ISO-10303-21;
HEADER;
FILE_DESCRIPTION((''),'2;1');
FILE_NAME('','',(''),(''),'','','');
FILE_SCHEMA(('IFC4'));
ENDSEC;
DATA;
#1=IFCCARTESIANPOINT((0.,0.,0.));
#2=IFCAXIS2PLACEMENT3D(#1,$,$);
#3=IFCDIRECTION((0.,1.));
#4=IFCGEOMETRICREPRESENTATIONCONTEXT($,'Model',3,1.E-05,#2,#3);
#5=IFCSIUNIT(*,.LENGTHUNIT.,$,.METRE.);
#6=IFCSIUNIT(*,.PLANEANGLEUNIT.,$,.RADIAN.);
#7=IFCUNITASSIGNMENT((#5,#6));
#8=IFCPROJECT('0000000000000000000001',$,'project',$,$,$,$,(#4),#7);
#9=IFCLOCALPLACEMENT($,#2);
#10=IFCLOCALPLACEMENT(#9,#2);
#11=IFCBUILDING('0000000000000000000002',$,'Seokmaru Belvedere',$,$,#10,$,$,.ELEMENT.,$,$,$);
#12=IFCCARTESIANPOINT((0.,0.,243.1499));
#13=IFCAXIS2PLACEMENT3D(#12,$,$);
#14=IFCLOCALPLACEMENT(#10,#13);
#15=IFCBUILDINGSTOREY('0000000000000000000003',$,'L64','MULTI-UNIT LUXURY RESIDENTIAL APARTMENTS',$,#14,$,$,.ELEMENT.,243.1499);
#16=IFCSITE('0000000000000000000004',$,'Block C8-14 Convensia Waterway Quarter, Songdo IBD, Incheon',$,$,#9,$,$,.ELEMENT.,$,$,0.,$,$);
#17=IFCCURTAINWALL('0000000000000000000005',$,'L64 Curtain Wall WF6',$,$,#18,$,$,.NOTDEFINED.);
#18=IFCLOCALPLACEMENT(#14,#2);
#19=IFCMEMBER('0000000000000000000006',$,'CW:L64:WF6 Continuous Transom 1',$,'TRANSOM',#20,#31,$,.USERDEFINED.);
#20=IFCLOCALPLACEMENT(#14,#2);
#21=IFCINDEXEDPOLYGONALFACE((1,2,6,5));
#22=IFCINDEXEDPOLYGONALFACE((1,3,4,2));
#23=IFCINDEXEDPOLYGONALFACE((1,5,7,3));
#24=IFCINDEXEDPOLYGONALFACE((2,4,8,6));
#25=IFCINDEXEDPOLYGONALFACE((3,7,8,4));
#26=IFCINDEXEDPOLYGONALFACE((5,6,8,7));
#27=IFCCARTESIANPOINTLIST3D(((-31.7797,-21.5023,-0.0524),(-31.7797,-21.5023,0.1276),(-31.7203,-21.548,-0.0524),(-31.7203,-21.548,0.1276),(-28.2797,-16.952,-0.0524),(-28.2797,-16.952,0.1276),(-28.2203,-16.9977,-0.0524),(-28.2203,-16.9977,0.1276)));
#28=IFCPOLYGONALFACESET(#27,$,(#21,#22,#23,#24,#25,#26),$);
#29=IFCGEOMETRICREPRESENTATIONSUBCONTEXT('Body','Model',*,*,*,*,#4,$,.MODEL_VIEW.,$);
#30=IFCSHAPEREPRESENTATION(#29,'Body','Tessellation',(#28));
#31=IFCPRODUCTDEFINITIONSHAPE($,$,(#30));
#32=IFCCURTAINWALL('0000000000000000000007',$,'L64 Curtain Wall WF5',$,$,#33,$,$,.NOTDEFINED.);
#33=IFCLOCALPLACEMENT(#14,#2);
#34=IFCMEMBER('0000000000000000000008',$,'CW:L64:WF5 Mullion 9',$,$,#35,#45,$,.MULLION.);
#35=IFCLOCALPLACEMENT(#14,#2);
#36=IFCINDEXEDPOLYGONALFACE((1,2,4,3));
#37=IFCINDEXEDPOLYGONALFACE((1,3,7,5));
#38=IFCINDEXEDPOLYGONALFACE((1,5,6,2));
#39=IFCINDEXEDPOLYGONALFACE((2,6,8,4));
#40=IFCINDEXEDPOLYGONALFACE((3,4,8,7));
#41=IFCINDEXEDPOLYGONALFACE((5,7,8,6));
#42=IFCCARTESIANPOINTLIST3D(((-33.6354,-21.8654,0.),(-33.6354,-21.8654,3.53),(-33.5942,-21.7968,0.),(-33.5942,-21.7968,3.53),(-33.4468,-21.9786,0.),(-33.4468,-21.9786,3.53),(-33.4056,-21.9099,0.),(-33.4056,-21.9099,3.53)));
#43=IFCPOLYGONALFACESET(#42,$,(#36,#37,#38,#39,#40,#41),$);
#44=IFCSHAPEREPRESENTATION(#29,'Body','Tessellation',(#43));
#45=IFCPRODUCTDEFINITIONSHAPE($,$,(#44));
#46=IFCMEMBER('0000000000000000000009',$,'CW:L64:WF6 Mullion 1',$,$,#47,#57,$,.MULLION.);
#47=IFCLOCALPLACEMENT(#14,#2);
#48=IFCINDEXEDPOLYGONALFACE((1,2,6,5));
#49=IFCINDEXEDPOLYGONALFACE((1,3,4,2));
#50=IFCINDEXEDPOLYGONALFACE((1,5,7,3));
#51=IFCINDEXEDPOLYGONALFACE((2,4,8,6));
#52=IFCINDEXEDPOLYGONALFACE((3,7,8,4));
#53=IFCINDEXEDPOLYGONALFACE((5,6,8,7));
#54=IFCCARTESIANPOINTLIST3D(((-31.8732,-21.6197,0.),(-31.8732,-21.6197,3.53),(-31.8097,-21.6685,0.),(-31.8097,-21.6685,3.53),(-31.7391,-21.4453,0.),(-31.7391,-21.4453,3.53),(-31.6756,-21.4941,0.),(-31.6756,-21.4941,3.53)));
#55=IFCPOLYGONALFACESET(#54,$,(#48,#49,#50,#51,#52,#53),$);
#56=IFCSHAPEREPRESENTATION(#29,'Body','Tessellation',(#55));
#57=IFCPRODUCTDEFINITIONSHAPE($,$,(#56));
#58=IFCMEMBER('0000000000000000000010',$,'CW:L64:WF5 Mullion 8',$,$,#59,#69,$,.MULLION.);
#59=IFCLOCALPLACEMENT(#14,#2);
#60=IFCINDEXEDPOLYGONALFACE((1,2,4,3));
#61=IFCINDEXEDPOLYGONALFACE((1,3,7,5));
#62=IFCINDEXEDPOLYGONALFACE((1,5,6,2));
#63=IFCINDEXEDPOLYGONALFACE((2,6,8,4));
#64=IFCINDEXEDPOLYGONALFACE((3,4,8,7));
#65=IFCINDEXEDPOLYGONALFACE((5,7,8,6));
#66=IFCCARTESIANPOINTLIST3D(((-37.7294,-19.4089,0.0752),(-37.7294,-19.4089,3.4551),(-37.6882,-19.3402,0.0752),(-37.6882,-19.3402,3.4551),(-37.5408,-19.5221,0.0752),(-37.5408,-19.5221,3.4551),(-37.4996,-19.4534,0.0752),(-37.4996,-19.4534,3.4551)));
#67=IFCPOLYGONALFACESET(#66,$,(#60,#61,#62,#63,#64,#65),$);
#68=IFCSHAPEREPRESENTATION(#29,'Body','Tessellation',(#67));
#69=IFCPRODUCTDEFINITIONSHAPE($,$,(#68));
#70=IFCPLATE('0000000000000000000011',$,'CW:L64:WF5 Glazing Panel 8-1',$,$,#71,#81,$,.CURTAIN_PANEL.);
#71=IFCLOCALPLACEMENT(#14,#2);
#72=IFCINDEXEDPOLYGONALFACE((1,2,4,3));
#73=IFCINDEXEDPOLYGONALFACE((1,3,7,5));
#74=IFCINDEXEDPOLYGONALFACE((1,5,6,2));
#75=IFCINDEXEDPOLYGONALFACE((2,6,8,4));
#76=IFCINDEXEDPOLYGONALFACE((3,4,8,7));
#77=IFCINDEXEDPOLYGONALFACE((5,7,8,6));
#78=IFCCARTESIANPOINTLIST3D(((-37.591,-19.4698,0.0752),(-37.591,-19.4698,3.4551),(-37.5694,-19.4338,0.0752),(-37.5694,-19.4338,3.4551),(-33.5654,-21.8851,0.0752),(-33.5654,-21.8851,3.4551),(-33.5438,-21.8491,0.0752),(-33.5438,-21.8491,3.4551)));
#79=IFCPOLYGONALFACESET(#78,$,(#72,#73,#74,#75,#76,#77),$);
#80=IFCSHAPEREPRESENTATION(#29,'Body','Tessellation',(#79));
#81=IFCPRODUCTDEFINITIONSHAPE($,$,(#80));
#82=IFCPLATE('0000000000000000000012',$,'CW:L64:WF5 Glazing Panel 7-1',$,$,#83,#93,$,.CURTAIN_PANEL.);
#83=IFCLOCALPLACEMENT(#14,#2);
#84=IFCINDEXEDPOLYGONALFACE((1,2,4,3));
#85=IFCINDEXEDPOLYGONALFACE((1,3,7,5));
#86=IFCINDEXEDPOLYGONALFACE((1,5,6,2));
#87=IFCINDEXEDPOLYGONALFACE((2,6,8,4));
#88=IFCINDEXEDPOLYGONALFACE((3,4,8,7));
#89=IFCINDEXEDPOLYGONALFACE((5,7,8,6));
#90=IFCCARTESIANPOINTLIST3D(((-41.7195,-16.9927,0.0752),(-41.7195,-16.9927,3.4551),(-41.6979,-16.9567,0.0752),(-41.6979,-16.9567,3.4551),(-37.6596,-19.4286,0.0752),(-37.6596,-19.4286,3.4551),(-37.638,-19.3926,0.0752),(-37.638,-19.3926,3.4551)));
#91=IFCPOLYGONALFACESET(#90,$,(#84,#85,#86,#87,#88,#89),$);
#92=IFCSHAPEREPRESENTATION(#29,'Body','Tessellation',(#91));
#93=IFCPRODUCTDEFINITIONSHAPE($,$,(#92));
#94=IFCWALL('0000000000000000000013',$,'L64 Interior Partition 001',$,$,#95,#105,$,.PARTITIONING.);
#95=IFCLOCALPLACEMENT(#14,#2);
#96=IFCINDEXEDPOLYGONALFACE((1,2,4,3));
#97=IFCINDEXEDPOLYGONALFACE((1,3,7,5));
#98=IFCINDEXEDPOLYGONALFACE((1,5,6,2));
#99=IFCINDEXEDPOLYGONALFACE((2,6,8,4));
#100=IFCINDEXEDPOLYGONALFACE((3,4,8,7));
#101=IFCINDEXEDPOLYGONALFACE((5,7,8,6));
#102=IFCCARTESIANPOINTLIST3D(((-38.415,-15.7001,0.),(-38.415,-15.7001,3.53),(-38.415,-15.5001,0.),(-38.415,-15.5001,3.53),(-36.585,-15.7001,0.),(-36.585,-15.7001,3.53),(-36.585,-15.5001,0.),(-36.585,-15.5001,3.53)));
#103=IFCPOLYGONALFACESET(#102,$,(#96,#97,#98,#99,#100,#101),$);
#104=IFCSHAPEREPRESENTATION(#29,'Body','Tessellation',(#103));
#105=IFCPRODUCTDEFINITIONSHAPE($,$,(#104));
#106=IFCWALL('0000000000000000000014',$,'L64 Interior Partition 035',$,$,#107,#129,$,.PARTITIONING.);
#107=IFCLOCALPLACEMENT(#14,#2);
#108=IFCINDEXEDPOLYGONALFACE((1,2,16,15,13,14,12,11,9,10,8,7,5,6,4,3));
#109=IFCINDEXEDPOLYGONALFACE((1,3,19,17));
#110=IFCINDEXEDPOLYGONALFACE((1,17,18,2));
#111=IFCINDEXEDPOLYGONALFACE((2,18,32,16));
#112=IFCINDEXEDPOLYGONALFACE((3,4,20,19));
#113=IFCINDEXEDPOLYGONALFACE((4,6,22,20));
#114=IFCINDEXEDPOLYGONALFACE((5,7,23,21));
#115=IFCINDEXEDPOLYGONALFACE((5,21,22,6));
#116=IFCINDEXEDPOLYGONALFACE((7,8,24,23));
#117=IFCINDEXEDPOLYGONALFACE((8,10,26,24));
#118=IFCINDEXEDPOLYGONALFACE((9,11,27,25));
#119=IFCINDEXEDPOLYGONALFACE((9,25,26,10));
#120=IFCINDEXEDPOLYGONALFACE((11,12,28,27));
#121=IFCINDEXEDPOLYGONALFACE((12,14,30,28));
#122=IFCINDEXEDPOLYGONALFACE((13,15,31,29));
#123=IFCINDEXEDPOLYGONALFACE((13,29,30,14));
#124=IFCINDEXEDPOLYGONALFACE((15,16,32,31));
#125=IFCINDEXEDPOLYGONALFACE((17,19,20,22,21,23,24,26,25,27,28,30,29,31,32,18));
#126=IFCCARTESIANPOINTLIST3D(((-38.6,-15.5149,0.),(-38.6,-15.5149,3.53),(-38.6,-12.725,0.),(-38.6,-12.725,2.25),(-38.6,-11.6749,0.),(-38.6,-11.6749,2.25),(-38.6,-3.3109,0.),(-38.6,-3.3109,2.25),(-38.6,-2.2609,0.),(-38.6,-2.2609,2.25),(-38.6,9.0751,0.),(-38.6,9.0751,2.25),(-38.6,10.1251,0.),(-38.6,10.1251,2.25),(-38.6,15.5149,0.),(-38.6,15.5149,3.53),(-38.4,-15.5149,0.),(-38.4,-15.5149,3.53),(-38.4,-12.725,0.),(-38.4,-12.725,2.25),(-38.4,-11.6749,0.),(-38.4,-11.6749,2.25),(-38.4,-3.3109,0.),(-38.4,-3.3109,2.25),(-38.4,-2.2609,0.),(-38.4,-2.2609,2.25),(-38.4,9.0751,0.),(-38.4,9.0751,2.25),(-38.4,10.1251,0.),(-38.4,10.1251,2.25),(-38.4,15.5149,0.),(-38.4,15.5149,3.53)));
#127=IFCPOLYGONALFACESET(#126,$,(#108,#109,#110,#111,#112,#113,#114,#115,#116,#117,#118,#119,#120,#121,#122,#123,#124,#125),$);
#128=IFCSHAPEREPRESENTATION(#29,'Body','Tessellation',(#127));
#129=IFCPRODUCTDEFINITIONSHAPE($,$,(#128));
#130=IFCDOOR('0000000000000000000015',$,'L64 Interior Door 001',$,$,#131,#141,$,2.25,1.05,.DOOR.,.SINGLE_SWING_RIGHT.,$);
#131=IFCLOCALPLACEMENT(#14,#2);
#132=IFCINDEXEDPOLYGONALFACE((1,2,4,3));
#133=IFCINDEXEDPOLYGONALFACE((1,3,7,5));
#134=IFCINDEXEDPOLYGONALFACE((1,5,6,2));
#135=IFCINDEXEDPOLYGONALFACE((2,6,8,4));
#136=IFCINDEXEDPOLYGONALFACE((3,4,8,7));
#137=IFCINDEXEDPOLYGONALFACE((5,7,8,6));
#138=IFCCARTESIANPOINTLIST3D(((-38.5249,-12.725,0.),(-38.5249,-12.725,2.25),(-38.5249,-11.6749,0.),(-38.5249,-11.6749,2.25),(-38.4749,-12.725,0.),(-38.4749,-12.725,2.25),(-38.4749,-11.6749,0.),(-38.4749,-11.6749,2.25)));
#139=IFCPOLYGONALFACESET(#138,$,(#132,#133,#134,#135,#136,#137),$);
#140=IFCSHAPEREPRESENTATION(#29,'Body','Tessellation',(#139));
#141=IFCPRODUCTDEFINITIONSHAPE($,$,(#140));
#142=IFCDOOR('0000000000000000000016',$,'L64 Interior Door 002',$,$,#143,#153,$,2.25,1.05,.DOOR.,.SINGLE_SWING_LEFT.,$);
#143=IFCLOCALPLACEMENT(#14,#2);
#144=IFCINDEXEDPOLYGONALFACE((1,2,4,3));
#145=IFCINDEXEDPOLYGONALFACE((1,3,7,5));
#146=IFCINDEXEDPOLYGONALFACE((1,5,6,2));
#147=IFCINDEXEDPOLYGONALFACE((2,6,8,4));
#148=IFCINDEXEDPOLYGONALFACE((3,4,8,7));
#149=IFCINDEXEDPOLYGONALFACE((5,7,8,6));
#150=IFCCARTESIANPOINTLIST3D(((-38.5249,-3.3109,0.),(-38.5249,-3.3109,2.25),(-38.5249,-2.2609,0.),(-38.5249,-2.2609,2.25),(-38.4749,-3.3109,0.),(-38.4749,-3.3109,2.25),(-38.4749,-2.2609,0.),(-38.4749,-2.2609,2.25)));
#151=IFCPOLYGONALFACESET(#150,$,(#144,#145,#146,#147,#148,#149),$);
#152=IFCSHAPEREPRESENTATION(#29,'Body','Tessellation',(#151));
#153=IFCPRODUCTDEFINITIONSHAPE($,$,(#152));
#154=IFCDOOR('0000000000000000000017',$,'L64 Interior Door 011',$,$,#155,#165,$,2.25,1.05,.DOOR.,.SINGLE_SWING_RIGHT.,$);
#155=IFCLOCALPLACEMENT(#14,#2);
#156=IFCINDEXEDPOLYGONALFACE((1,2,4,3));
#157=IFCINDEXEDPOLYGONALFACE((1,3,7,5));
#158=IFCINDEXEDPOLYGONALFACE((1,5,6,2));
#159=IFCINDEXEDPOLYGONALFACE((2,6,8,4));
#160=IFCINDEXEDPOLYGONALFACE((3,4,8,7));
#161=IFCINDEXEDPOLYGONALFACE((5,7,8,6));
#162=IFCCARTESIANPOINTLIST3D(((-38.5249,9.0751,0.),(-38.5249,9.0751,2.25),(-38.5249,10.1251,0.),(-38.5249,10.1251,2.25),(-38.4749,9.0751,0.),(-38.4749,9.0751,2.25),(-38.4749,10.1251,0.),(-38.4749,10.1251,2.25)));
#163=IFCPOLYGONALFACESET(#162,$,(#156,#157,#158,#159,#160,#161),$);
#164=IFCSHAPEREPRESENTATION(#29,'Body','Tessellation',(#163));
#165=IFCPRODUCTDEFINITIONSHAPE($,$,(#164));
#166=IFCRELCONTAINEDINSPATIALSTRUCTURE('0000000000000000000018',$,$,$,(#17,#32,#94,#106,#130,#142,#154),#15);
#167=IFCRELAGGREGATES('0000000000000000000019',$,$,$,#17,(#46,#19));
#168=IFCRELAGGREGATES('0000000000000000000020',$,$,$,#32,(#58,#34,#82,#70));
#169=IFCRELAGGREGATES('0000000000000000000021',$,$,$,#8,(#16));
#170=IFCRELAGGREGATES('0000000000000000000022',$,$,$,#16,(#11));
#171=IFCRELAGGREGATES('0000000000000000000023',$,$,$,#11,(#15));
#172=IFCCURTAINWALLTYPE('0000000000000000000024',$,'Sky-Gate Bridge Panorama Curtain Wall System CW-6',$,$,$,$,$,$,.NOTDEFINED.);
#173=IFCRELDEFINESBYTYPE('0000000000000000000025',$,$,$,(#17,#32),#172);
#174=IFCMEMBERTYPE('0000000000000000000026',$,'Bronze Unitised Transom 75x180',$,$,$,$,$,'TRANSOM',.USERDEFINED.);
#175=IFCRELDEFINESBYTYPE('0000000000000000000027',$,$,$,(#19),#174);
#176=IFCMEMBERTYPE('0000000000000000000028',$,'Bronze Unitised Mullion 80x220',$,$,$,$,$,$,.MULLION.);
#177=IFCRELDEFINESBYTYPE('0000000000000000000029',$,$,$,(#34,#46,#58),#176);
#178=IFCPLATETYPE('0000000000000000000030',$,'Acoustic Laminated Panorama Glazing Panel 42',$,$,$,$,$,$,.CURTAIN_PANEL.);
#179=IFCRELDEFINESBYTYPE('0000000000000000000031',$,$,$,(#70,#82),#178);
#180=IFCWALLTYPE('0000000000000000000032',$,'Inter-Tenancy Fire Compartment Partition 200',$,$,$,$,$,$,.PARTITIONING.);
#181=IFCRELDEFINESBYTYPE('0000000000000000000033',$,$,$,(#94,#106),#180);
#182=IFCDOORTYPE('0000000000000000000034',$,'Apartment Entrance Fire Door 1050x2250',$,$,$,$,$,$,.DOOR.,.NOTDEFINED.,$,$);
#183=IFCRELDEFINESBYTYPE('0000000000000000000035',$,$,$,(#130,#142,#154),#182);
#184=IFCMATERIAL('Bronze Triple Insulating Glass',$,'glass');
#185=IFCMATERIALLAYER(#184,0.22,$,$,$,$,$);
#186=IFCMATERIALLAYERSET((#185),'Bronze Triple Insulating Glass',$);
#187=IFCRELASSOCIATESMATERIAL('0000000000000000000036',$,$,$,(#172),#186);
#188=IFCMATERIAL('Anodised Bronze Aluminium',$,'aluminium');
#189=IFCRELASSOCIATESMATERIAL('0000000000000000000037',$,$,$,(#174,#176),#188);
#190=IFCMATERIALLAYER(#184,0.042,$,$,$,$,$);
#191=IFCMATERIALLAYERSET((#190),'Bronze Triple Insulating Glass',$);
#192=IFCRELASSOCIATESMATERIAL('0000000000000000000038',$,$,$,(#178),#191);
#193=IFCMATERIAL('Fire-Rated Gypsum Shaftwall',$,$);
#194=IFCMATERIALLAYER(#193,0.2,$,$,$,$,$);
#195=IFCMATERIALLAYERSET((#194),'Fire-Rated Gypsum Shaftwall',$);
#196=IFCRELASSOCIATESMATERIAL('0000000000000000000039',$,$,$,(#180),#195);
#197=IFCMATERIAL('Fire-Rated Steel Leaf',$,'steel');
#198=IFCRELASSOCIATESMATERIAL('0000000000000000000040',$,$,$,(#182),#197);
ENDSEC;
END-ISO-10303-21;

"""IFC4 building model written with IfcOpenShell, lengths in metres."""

from ifc_helpers import new_model, si_unit, direction, frame, frame_2d, origin, origin_2d, place, context, subcontext, project, spatial, rectangle, extrude, source, transform, mapped, material, layer, layer_set, material_profile, profile_set, type_object, type_shapes, element, fill, aggregate, save


model = new_model("IFC4")

# Units and contexts
model_context = context("Model", 3, precision=1e-05, world=origin(), true_north=direction((0.0, 1.0)))
body_context = subcontext(model_context, "Body", "Model", "MODEL_VIEW")
ifc_project = project(units=[si_unit("LENGTHUNIT", "METRE"), si_unit("PLANEANGLEUNIT", "RADIAN")], contexts=[model_context])

# Site, building, storey
site_placement = place(None, origin())
site = spatial("IfcSite", under=ifc_project, at=site_placement, Name="Block C8-14 Convensia Waterway Quarter, Songdo IBD, Incheon", CompositionType="ELEMENT", RefElevation=0.0)
building_placement = place(site_placement, origin())
building = spatial("IfcBuilding", under=site, at=building_placement, Name="Seokmaru Belvedere", CompositionType="ELEMENT")
storey_placement = place(building_placement, frame((0.0, 0.0, 243.1499)))
storey = spatial("IfcBuildingStorey", under=building, at=storey_placement, Name="L64", Description="MULTI-UNIT LUXURY RESIDENTIAL APARTMENTS", CompositionType="ELEMENT", Elevation=243.1499)

# Curtain walls, members
ifc_material_1 = material(Name="Bronze Triple Insulating Glass", Category="glass")
ifc_layer_1 = layer(ifc_material_1, 0.22)
ifc_layer_set_1 = layer_set([ifc_layer_1], Name="Bronze Triple Insulating Glass")
curtain_wall_type = type_object("IfcCurtainWallType", Name="Sky-Gate Bridge Panorama Curtain Wall System CW-6", PredefinedType="NOTDEFINED", material=ifc_layer_set_1)
curtain_wall_1_placement = place(storey_placement, origin())
curtain_wall_1 = element("IfcCurtainWall", 1, at=curtain_wall_1_placement, inside=storey, type_object=curtain_wall_type, Name="L64 Curtain Wall WF6", PredefinedType="NOTDEFINED")
ifc_material_2 = material(Name="Anodised Bronze Aluminium", Category="aluminium")
ifc_material_profile_1 = material_profile(ifc_material_2, rectangle(XDim=0.075, YDim=0.1799, at=origin_2d()), Name="CW-T-75x180")
ifc_profile_set_1 = profile_set([ifc_material_profile_1], Name="Anodised Bronze Aluminium")
member_type_1 = type_object("IfcMemberType", Name="Bronze Unitised Transom 75x180", ElementType="TRANSOM", PredefinedType="USERDEFINED", material=ifc_profile_set_1)
shared_shape_1 = source(origin(), body_context, "Body", "SweptSolid", [
    extrude(rectangle(XDim=0.075, YDim=0.1799, at=origin_2d()), origin(), (0.0, 0.0, 1.0), 5.7407),
])
type_shapes(member_type_1, [shared_shape_1])
member_1_placement = place(storey_placement, frame((-31.75, -21.5251, 0.0376), z_axis=(0.609686, 0.792643, 0.0), x_axis=(-0.792643, 0.609686, 0.0)))
member_1 = element("IfcMember", 2, at=member_1_placement, type_object=member_type_1, Name="CW:L64:WF6 Continuous Transom 1", ObjectType="TRANSOM", PredefinedType="USERDEFINED", context=body_context, shape_type="MappedRepresentation", body=[
    mapped(shared_shape_1, transform((0.0, 0.0, 0.0), scale=1.0)),
])
curtain_wall_2_placement = place(storey_placement, origin())
curtain_wall_2 = element("IfcCurtainWall", 3, at=curtain_wall_2_placement, inside=storey, type_object=curtain_wall_type, Name="L64 Curtain Wall WF5", PredefinedType="NOTDEFINED")
ifc_material_profile_2 = material_profile(ifc_material_2, rectangle(XDim=0.0801, YDim=0.22, at=origin_2d()), Name="CW-M-80x220")
ifc_profile_set_2 = profile_set([ifc_material_profile_2], Name="Anodised Bronze Aluminium")
member_type_2 = type_object("IfcMemberType", Name="Bronze Unitised Mullion 80x220", PredefinedType="MULLION", material=ifc_profile_set_2)
shared_shape_2 = source(origin(), body_context, "Body", "SweptSolid", [
    extrude(rectangle(XDim=0.0801, YDim=0.22, at=origin_2d()), origin(), (0.0, 0.0, 1.0), 3.53),
])
member_2_placement = place(storey_placement, frame((-33.5205, -21.8877, 0.0), z_axis=(0.0, 0.0, 1.0), x_axis=(0.514495, 0.857493, 0.0)))
member_2 = element("IfcMember", 4, at=member_2_placement, type_object=member_type_2, Name="CW:L64:WF5 Mullion 9", PredefinedType="MULLION", context=body_context, shape_type="MappedRepresentation", body=[
    mapped(shared_shape_2, transform((0.0, 0.0, 0.0), scale=1.0)),
])

# Members
member_3_placement = place(storey_placement, frame((-31.7744, -21.5569, 0.0), z_axis=(0.0, 0.0, 1.0), x_axis=(-0.792631, 0.609701, 0.0)))
member_3 = element("IfcMember", 5, at=member_3_placement, type_object=member_type_2, Name="CW:L64:WF6 Mullion 1", PredefinedType="MULLION", context=body_context, shape_type="MappedRepresentation", body=[
    mapped(shared_shape_2, transform((0.0, 0.0, 0.0), scale=1.0)),
])
aggregate(curtain_wall_1, [member_3, member_1])
shared_shape_3 = source(origin(), body_context, "Body", "SweptSolid", [
    extrude(rectangle(XDim=0.0801, YDim=0.22, at=origin_2d()), origin(), (0.0, 0.0, 1.0), 3.3799),
])
type_shapes(member_type_2, [shared_shape_2, shared_shape_3])
member_4_placement = place(storey_placement, frame((-37.6145, -19.4312, 0.0752), z_axis=(0.0, 0.0, 1.0), x_axis=(0.514495, 0.857493, 0.0)))
member_4 = element("IfcMember", 6, at=member_4_placement, type_object=member_type_2, Name="CW:L64:WF5 Mullion 8", PredefinedType="MULLION", context=body_context, shape_type="MappedRepresentation", body=[
    mapped(shared_shape_3, transform((0.0, 0.0, 0.0), scale=1.0)),
])

# Plates
ifc_layer_2 = layer(ifc_material_1, 0.042)
ifc_layer_set_2 = layer_set([ifc_layer_2], Name="Bronze Triple Insulating Glass")
plate_type = type_object("IfcPlateType", Name="Acoustic Laminated Panorama Glazing Panel 42", PredefinedType="CURTAIN_PANEL", material=ifc_layer_set_2)
shared_shape_4 = source(origin(), body_context, "Body", "SweptSolid", [
    extrude(rectangle(XDim=4.6946, YDim=0.042, at=origin_2d()), origin(), (0.0, 0.0, 1.0), 3.3799),
])
plate_1_placement = place(storey_placement, frame((-35.5674, -20.6594, 0.0752), z_axis=(0.0, 0.0, 1.0), x_axis=(0.857493, -0.514495, 0.0)))
plate_1 = element("IfcPlate", 7, at=plate_1_placement, type_object=plate_type, Name="CW:L64:WF5 Glazing Panel 8-1", PredefinedType="CURTAIN_PANEL", context=body_context, shape_type="MappedRepresentation", body=[
    mapped(shared_shape_4, transform((0.0, 0.0, 0.0), scale=1.0)),
])
shared_shape_5 = source(origin(), body_context, "Body", "SweptSolid", [
    extrude(rectangle(XDim=4.7346, YDim=0.042, at=origin_2d()), origin(), (0.0, 0.0, 1.0), 3.3799),
])
type_shapes(plate_type, [shared_shape_4, shared_shape_5])
plate_2_placement = place(storey_placement, frame((-39.6787, -18.1926, 0.0752), z_axis=(0.0, 0.0, 1.0), x_axis=(0.857493, -0.514495, 0.0)))
plate_2 = element("IfcPlate", 8, at=plate_2_placement, type_object=plate_type, Name="CW:L64:WF5 Glazing Panel 7-1", PredefinedType="CURTAIN_PANEL", context=body_context, shape_type="MappedRepresentation", body=[
    mapped(shared_shape_5, transform((0.0, 0.0, 0.0), scale=1.0)),
])
aggregate(curtain_wall_2, [member_4, member_2, plate_2, plate_1])

# Wall
ifc_material_3 = material(Name="Fire-Rated Gypsum Shaftwall")
ifc_layer_3 = layer(ifc_material_3, 0.2)
ifc_layer_set_3 = layer_set([ifc_layer_3], Name="Fire-Rated Gypsum Shaftwall")
wall_type_1 = type_object("IfcWallType", Name="Inter-Tenancy Fire Compartment Partition 200", PredefinedType="PARTITIONING", material=ifc_layer_set_3)
wall_1_placement = place(storey_placement, frame((-38.415, -15.6001, 0.0), z_axis=(0.0, 0.0, 1.0), x_axis=(1.0, 0.0, 0.0)))
element("IfcWall", 9, at=wall_1_placement, inside=storey, type_object=wall_type_1, Name="L64 Interior Partition 001", PredefinedType="PARTITIONING", context=body_context, shape_type="SweptSolid", body=[
    extrude(rectangle(XDim=1.8301, YDim=0.2, at=frame_2d((0.915, 0.0))), origin(), (0.0, 0.0, 1.0), 3.53),
])

# Wall, openings, doors
wall_2_placement = place(storey_placement, frame((-38.5, -15.5149, 0.0), z_axis=(0.0, 0.0, 1.0), x_axis=(0.0, 1.0, 0.0)))
wall_2 = element("IfcWall", 10, at=wall_2_placement, inside=storey, type_object=wall_type_1, Name="L64 Interior Partition 035", PredefinedType="PARTITIONING", context=body_context, shape_type="SweptSolid", body=[
    extrude(rectangle(XDim=31.0298, YDim=0.2, at=frame_2d((15.5149, 0.0))), origin(), (0.0, 0.0, 1.0), 3.53),
])
opening_1_placement = place(wall_2_placement, frame((2.79, 0.0, 0.0)))
opening_1 = element("IfcOpeningElement", 11, at=opening_1_placement, cuts=wall_2, PredefinedType="OPENING", context=body_context, shape_type="SweptSolid", body=[
    extrude(rectangle(XDim=1.05, YDim=2.25, at=frame_2d((0.5249, 1.125))), frame((0.0, 0.1099, 0.0), z_axis=(0.0, -1.0, 0.0), x_axis=(1.0, 0.0, 0.0)), (0.0, 0.0, 1.0), 0.22),
])
opening_2_placement = place(wall_2_placement, frame((12.2041, 0.0, 0.0)))
opening_2 = element("IfcOpeningElement", 12, at=opening_2_placement, cuts=wall_2, PredefinedType="OPENING", context=body_context, shape_type="SweptSolid", body=[
    extrude(rectangle(XDim=1.05, YDim=2.25, at=frame_2d((0.5249, 1.125))), frame((0.0, 0.1099, 0.0), z_axis=(0.0, -1.0, 0.0), x_axis=(1.0, 0.0, 0.0)), (0.0, 0.0, 1.0), 0.22),
])
opening_3_placement = place(wall_2_placement, frame((24.5901, 0.0, 0.0)))
opening_3 = element("IfcOpeningElement", 13, at=opening_3_placement, cuts=wall_2, PredefinedType="OPENING", context=body_context, shape_type="SweptSolid", body=[
    extrude(rectangle(XDim=1.05, YDim=2.25, at=frame_2d((0.5249, 1.125))), frame((0.0, 0.1099, 0.0), z_axis=(0.0, -1.0, 0.0), x_axis=(1.0, 0.0, 0.0)), (0.0, 0.0, 1.0), 0.22),
])
ifc_material_4 = material(Name="Fire-Rated Steel Leaf", Category="steel")
door_type_1 = type_object("IfcDoorType", Name="Apartment Entrance Fire Door 1050x2250", OperationType="NOTDEFINED", PredefinedType="DOOR", material=ifc_material_4)
shared_shape_6 = source(origin(), body_context, "Body", "SweptSolid", [
    extrude(rectangle(XDim=1.05, YDim=2.25, at=frame_2d((0.5249, 1.125))), frame((0.0, 0.0249, 0.0), z_axis=(0.0, -1.0, 0.0), x_axis=(1.0, 0.0, 0.0)), (0.0, 0.0, 1.0), 0.05),
])
type_shapes(door_type_1, [shared_shape_6])
door_1_placement = place(opening_1_placement, origin())
door_1 = element("IfcDoor", 14, at=door_1_placement, inside=storey, type_object=door_type_1, Name="L64 Interior Door 001", OperationType="SINGLE_SWING_RIGHT", OverallHeight=2.25, OverallWidth=1.05, PredefinedType="DOOR", context=body_context, shape_type="MappedRepresentation", body=[
    mapped(shared_shape_6, transform((0.0, 0.0, 0.0), scale=1.0)),
])
fill(opening_1, door_1)
door_2_placement = place(opening_2_placement, origin())
door_2 = element("IfcDoor", 15, at=door_2_placement, inside=storey, type_object=door_type_1, Name="L64 Interior Door 002", OperationType="SINGLE_SWING_LEFT", OverallHeight=2.25, OverallWidth=1.05, PredefinedType="DOOR", context=body_context, shape_type="MappedRepresentation", body=[
    mapped(shared_shape_6, transform((0.0, 0.0, 0.0), scale=1.0)),
])
fill(opening_2, door_2)
door_3_placement = place(opening_3_placement, origin())
door_3 = element("IfcDoor", 16, at=door_3_placement, inside=storey, type_object=door_type_1, Name="L64 Interior Door 011", OperationType="SINGLE_SWING_RIGHT", OverallHeight=2.25, OverallWidth=1.05, PredefinedType="DOOR", context=body_context, shape_type="MappedRepresentation", body=[
    mapped(shared_shape_6, transform((0.0, 0.0, 0.0), scale=1.0)),
])
fill(opening_3, door_3)

save(model, "model.ifc")
